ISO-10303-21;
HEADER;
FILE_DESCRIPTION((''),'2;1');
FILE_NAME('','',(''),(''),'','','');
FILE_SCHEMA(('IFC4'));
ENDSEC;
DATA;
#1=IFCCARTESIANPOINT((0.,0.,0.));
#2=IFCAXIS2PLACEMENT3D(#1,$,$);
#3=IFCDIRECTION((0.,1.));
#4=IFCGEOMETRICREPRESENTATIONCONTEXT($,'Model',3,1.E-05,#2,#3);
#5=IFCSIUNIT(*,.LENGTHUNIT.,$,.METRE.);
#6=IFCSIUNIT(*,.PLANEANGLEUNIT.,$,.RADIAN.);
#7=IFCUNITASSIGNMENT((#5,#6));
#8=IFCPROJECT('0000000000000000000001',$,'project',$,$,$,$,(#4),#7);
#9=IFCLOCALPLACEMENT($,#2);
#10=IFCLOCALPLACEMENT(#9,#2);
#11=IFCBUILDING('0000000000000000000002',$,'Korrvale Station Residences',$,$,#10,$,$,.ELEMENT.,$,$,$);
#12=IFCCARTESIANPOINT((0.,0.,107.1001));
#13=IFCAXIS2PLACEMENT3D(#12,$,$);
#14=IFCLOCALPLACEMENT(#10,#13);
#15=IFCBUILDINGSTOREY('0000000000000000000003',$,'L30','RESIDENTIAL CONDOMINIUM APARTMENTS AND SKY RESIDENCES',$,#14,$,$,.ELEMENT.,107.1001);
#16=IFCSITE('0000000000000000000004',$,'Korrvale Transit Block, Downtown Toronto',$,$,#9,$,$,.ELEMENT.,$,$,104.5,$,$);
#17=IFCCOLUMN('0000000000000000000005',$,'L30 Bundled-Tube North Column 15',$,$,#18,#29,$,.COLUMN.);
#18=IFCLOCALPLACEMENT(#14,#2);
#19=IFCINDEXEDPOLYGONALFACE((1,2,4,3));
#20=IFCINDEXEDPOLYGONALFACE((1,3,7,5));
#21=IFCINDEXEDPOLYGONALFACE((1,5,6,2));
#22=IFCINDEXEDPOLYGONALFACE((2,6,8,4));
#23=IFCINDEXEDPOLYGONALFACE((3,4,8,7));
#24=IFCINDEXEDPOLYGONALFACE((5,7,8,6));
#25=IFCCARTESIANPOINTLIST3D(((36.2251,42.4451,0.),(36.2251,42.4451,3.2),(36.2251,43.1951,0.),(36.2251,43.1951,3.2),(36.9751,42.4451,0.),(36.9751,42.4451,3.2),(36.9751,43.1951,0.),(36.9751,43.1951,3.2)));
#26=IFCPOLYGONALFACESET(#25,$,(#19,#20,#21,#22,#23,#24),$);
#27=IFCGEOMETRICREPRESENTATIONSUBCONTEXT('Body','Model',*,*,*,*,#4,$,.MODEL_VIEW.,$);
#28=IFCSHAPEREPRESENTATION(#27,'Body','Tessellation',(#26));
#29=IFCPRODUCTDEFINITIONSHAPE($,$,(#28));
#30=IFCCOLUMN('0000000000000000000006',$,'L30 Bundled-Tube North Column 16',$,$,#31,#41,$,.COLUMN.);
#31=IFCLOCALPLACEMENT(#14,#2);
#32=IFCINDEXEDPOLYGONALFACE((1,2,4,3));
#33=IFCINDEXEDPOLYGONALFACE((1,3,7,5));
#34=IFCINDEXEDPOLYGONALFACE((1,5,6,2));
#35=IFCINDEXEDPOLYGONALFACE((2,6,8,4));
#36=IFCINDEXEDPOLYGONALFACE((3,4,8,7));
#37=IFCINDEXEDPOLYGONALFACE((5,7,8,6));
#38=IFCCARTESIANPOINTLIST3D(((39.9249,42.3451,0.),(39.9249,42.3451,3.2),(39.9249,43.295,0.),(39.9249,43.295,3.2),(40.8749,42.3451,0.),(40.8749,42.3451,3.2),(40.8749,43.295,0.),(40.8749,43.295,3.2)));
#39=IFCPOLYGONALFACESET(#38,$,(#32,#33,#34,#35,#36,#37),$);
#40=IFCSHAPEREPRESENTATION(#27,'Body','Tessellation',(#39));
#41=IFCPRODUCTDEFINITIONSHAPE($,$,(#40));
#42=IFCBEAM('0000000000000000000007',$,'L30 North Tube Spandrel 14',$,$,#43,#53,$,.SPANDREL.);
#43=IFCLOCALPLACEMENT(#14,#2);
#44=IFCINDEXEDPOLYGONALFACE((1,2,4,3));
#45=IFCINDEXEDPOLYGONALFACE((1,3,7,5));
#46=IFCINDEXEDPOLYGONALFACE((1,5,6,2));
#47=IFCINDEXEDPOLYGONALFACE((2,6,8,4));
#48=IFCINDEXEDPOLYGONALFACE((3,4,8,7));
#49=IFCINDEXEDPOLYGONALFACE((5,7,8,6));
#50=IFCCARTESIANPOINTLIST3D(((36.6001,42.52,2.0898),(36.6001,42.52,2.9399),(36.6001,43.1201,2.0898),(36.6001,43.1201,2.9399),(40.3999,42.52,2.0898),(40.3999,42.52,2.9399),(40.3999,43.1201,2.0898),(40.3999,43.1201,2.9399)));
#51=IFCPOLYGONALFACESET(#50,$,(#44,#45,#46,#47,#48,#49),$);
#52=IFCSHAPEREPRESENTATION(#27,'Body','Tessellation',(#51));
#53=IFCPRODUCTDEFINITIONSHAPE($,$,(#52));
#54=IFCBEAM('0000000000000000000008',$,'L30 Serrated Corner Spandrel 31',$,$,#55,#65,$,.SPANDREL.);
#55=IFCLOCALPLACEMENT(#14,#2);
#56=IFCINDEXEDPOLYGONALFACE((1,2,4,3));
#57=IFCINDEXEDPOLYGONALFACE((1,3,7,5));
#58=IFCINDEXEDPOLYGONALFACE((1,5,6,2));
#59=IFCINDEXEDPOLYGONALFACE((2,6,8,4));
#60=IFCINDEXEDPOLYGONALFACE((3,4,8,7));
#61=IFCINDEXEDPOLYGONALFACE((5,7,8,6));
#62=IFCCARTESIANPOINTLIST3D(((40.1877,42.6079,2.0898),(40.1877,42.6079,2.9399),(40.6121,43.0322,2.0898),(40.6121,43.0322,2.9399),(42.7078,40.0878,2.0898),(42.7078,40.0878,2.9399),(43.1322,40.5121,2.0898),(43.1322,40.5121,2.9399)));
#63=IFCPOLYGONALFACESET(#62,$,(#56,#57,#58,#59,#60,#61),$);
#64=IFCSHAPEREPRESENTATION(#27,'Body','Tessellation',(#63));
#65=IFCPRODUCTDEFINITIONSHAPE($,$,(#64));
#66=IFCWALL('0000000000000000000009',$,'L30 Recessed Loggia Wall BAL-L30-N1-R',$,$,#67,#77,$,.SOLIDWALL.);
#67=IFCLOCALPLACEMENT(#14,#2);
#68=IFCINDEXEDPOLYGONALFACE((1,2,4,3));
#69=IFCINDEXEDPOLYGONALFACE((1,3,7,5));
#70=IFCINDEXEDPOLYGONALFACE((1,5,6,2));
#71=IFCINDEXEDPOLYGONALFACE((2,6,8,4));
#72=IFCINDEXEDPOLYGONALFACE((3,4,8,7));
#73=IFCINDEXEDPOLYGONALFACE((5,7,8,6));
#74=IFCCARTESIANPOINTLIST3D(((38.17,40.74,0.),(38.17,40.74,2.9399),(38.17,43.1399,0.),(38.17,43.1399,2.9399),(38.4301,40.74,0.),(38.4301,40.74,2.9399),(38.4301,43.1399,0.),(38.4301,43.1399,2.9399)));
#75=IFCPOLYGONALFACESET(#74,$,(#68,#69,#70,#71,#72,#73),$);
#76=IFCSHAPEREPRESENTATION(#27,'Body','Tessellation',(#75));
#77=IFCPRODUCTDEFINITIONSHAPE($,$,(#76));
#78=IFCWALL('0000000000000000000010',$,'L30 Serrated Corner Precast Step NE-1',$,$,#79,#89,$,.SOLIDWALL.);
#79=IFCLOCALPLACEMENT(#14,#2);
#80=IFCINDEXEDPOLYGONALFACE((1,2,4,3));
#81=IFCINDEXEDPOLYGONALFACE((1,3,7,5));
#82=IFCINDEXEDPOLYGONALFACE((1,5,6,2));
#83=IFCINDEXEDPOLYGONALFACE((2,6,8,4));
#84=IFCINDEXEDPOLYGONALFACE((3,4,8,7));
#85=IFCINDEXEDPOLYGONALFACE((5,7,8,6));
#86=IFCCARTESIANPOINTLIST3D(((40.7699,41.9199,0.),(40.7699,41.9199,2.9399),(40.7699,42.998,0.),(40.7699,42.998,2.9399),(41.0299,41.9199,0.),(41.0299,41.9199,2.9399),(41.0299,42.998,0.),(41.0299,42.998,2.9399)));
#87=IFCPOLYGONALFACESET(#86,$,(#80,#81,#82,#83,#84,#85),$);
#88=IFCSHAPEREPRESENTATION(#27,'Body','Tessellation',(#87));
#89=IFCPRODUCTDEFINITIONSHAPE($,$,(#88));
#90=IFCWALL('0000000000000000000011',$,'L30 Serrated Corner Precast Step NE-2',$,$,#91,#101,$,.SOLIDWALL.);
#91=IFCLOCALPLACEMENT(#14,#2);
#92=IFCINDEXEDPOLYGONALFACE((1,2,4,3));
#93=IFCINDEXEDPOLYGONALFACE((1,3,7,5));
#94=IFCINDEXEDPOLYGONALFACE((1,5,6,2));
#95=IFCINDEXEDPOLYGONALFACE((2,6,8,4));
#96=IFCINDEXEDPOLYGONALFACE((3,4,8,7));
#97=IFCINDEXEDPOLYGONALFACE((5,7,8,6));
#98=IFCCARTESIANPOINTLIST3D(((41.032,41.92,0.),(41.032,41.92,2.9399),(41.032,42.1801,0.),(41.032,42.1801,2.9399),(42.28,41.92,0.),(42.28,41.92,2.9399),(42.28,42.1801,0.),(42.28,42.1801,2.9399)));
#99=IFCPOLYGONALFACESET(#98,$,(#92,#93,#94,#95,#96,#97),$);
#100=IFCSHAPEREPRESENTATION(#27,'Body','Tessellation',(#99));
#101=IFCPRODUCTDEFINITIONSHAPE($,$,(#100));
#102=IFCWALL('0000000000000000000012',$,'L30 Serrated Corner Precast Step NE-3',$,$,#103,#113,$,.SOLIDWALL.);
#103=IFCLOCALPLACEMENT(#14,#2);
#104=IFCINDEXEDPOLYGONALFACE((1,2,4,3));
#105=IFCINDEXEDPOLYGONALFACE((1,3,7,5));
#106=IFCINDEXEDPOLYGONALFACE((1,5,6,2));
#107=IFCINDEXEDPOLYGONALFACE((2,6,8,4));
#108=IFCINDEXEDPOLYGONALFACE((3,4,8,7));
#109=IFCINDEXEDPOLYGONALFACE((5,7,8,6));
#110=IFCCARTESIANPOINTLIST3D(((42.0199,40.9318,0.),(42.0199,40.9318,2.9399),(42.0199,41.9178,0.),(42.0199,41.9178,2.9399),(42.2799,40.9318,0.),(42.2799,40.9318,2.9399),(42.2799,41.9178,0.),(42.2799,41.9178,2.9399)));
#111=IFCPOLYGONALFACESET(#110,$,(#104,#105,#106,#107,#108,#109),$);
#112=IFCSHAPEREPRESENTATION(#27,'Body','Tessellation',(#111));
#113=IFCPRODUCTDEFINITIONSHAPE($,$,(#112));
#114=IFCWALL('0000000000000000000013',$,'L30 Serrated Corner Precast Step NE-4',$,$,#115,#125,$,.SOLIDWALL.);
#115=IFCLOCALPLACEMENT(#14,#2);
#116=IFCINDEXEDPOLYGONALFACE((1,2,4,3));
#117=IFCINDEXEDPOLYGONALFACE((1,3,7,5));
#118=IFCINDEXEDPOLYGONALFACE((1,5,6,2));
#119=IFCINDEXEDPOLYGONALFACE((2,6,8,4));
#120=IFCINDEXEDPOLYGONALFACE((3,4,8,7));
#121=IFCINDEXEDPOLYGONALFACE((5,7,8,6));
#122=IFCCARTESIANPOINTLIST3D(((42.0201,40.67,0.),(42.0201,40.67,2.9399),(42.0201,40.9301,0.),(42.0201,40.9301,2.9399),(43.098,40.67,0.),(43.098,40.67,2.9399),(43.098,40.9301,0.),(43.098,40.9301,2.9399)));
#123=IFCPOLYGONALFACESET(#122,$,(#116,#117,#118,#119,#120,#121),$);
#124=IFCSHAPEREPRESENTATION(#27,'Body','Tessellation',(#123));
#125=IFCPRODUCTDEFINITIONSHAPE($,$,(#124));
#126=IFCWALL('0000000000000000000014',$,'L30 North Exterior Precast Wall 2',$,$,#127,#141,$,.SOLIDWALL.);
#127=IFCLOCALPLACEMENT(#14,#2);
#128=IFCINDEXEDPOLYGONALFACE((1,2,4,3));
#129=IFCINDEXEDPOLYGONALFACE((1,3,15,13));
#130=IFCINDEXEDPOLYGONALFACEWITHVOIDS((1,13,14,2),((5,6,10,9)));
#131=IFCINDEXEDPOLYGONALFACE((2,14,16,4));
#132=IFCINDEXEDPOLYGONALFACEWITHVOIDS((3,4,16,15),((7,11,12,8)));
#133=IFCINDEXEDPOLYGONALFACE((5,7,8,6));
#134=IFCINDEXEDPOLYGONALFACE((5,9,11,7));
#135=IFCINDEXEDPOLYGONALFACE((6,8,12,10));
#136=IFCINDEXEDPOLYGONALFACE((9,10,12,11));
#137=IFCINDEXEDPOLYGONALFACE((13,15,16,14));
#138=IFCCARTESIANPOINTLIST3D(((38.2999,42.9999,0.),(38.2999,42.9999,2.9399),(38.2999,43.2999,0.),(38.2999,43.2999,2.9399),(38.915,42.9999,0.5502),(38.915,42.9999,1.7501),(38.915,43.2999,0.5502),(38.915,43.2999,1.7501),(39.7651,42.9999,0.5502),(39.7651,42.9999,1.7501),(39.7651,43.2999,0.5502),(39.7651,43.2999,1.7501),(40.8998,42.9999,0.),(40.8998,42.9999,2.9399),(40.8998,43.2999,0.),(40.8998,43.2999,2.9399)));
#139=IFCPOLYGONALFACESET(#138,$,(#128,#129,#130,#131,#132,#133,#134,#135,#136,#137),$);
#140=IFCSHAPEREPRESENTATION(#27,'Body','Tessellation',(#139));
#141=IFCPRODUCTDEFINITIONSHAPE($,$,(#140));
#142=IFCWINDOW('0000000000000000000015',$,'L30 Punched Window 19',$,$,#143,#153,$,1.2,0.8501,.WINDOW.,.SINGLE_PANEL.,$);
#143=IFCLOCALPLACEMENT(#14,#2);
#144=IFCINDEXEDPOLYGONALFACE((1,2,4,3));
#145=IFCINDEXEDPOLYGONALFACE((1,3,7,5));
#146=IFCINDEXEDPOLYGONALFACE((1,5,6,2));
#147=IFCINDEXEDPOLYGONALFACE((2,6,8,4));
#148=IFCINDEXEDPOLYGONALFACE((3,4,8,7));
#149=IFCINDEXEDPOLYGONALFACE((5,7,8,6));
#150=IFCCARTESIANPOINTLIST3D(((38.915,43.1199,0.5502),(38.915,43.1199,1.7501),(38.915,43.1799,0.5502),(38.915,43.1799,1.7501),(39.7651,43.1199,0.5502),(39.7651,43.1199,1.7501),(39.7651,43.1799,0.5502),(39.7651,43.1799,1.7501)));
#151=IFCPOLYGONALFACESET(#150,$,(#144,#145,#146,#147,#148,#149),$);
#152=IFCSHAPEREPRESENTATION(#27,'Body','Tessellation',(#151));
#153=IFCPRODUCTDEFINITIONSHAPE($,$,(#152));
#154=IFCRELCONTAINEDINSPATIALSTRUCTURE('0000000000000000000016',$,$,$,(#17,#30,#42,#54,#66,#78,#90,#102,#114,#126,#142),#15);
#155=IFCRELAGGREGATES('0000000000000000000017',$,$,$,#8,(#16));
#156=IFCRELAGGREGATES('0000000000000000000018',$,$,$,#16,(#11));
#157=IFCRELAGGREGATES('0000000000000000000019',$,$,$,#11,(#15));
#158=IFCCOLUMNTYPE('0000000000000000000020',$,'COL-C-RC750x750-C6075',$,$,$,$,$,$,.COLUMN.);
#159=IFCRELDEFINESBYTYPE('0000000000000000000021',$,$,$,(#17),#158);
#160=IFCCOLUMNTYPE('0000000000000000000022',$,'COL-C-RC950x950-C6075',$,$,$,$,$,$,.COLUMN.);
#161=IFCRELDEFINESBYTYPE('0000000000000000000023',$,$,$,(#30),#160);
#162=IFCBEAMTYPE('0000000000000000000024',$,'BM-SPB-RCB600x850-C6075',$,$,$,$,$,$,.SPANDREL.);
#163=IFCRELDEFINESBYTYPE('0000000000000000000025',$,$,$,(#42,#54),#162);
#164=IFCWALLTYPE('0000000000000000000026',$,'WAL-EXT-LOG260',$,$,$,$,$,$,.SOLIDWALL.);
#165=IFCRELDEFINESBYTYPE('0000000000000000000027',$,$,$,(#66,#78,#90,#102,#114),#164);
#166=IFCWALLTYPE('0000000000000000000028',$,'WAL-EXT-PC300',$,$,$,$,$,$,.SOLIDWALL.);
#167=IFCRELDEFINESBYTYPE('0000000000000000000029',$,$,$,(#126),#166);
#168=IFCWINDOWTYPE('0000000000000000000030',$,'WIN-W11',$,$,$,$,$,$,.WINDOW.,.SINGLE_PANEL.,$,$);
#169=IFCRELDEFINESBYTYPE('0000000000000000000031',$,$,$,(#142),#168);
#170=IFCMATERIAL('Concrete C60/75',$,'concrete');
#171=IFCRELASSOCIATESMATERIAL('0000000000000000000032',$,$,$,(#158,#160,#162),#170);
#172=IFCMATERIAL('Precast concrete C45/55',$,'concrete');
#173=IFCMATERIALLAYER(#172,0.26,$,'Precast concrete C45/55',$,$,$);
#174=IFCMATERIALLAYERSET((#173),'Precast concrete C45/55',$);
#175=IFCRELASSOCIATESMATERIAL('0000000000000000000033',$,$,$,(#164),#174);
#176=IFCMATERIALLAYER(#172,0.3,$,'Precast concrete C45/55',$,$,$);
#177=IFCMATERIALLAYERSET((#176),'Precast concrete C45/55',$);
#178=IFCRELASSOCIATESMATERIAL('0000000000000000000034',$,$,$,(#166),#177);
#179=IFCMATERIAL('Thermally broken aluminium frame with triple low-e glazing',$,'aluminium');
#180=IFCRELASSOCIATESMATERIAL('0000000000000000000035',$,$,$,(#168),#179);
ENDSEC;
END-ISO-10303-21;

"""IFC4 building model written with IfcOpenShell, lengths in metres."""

from ifc_helpers import new_model, si_unit, direction, frame, frame_2d, origin, origin_2d, place, context, subcontext, project, spatial, rectangle, extrude, material, layer, layer_set, material_profile, profile_set, type_object, element, fill, save


model = new_model("IFC4")

# Units and contexts
model_context = context("Model", 3, precision=1e-05, world=origin(), true_north=direction((0.0, 1.0)))
body_context = subcontext(model_context, "Body", "Model", "MODEL_VIEW")
ifc_project = project(units=[si_unit("LENGTHUNIT", "METRE"), si_unit("PLANEANGLEUNIT", "RADIAN")], contexts=[model_context])

# Site, building, storey
site_placement = place(None, origin())
site = spatial("IfcSite", under=ifc_project, at=site_placement, Name="Korrvale Transit Block, Downtown Toronto", CompositionType="ELEMENT", RefElevation=104.5)
building_placement = place(site_placement, origin())
building = spatial("IfcBuilding", under=site, at=building_placement, Name="Korrvale Station Residences", CompositionType="ELEMENT")
storey_placement = place(building_placement, frame((0.0, 0.0, 107.1001)))
storey = spatial("IfcBuildingStorey", under=building, at=storey_placement, Name="L30", Description="RESIDENTIAL CONDOMINIUM APARTMENTS AND SKY RESIDENCES", CompositionType="ELEMENT", Elevation=107.1001)

# Columns
ifc_material_1 = material(Name="Concrete C60/75", Category="concrete")
ifc_material_profile_1 = material_profile(ifc_material_1, rectangle(XDim=0.75, YDim=0.75, at=origin_2d()), Name="RC750x750")
ifc_profile_set_1 = profile_set([ifc_material_profile_1], Name="Concrete C60/75")
column_type_1 = type_object("IfcColumnType", Name="COL-C-RC750x750-C6075", PredefinedType="COLUMN", material=ifc_profile_set_1)
column_1_placement = place(storey_placement, frame((36.6001, 42.8201, 0.0), z_axis=(0.0, 0.0, 1.0), x_axis=(1.0, 0.0, 0.0)))
element("IfcColumn", 1, at=column_1_placement, inside=storey, type_object=column_type_1, Name="L30 Bundled-Tube North Column 15", PredefinedType="COLUMN", context=body_context, shape_type="SweptSolid", body=[
    extrude(rectangle(XDim=0.75, YDim=0.75, at=origin_2d()), origin(), (0.0, 0.0, 1.0), 3.2),
])
ifc_material_profile_2 = material_profile(ifc_material_1, rectangle(XDim=0.95, YDim=0.95, at=origin_2d()), Name="RC950x950")
ifc_profile_set_2 = profile_set([ifc_material_profile_2], Name="Concrete C60/75")
column_type_2 = type_object("IfcColumnType", Name="COL-C-RC950x950-C6075", PredefinedType="COLUMN", material=ifc_profile_set_2)
column_2_placement = place(storey_placement, frame((40.3999, 42.8201, 0.0), z_axis=(0.0, 0.0, 1.0), x_axis=(1.0, 0.0, 0.0)))
element("IfcColumn", 2, at=column_2_placement, inside=storey, type_object=column_type_2, Name="L30 Bundled-Tube North Column 16", PredefinedType="COLUMN", context=body_context, shape_type="SweptSolid", body=[
    extrude(rectangle(XDim=0.95, YDim=0.95, at=origin_2d()), origin(), (0.0, 0.0, 1.0), 3.2),
])

# Beams
ifc_material_profile_3 = material_profile(ifc_material_1, rectangle(XDim=0.6001, YDim=0.8501, at=origin_2d()), Name="RCB600x850")
ifc_profile_set_3 = profile_set([ifc_material_profile_3], Name="Concrete C60/75")
beam_type = type_object("IfcBeamType", Name="BM-SPB-RCB600x850-C6075", PredefinedType="SPANDREL", material=ifc_profile_set_3)
beam_1_placement = place(storey_placement, frame((36.6001, 42.8201, 2.5149), z_axis=(1.0, 0.0, 0.0), x_axis=(0.0, 1.0, 0.0)))
element("IfcBeam", 3, at=beam_1_placement, inside=storey, type_object=beam_type, Name="L30 North Tube Spandrel 14", PredefinedType="SPANDREL", context=body_context, shape_type="SweptSolid", body=[
    extrude(rectangle(XDim=0.6001, YDim=0.8501, at=origin_2d()), origin(), (0.0, 0.0, 1.0), 3.7998),
])
beam_2_placement = place(storey_placement, frame((40.3999, 42.8201, 2.5149), z_axis=(0.707107, -0.707107, 0.0), x_axis=(0.707107, 0.707107, 0.0)))
element("IfcBeam", 4, at=beam_2_placement, inside=storey, type_object=beam_type, Name="L30 Serrated Corner Spandrel 31", PredefinedType="SPANDREL", context=body_context, shape_type="SweptSolid", body=[
    extrude(rectangle(XDim=0.6001, YDim=0.8501, at=origin_2d()), origin(), (0.0, 0.0, 1.0), 3.564),
])

# Walls
ifc_material_2 = material(Name="Precast concrete C45/55", Category="concrete")
ifc_layer_1 = layer(ifc_material_2, 0.26, Name="Precast concrete C45/55")
ifc_layer_set_1 = layer_set([ifc_layer_1], Name="Precast concrete C45/55")
wall_type_1 = type_object("IfcWallType", Name="WAL-EXT-LOG260", PredefinedType="SOLIDWALL", material=ifc_layer_set_1)
wall_1_placement = place(storey_placement, frame((38.3, 40.74, 0.0), z_axis=(0.0, 0.0, 1.0), x_axis=(0.0, 1.0, 0.0)))
element("IfcWall", 5, at=wall_1_placement, inside=storey, type_object=wall_type_1, Name="L30 Recessed Loggia Wall BAL-L30-N1-R", PredefinedType="SOLIDWALL", context=body_context, shape_type="SweptSolid", body=[
    extrude(rectangle(XDim=2.3999, YDim=0.26, at=frame_2d((1.2, 0.0))), origin(), (0.0, 0.0, 1.0), 2.9399),
])
wall_2_placement = place(storey_placement, frame((40.8999, 42.998, 0.0), z_axis=(0.0, 0.0, 1.0), x_axis=(0.0, -1.0, 0.0)))
element("IfcWall", 6, at=wall_2_placement, inside=storey, type_object=wall_type_1, Name="L30 Serrated Corner Precast Step NE-1", PredefinedType="SOLIDWALL", context=body_context, shape_type="SweptSolid", body=[
    extrude(rectangle(XDim=1.0781, YDim=0.26, at=frame_2d((0.5391, 0.0))), origin(), (0.0, 0.0, 1.0), 2.9399),
])
wall_3_placement = place(storey_placement, frame((41.032, 42.05, 0.0), z_axis=(0.0, 0.0, 1.0), x_axis=(1.0, 0.0, 0.0)))
element("IfcWall", 7, at=wall_3_placement, inside=storey, type_object=wall_type_1, Name="L30 Serrated Corner Precast Step NE-2", PredefinedType="SOLIDWALL", context=body_context, shape_type="SweptSolid", body=[
    extrude(rectangle(XDim=1.248, YDim=0.26, at=frame_2d((0.624, 0.0))), origin(), (0.0, 0.0, 1.0), 2.9399),
])
wall_4_placement = place(storey_placement, frame((42.1499, 41.918, 0.0), z_axis=(0.0, 0.0, 1.0), x_axis=(0.0, -1.0, 0.0)))
element("IfcWall", 8, at=wall_4_placement, inside=storey, type_object=wall_type_1, Name="L30 Serrated Corner Precast Step NE-3", PredefinedType="SOLIDWALL", context=body_context, shape_type="SweptSolid", body=[
    extrude(rectangle(XDim=0.9861, YDim=0.26, at=frame_2d((0.4932, 0.0))), origin(), (0.0, 0.0, 1.0), 2.9399),
])
wall_5_placement = place(storey_placement, frame((42.02, 40.8, 0.0), z_axis=(0.0, 0.0, 1.0), x_axis=(1.0, 0.0, 0.0)))
element("IfcWall", 9, at=wall_5_placement, inside=storey, type_object=wall_type_1, Name="L30 Serrated Corner Precast Step NE-4", PredefinedType="SOLIDWALL", context=body_context, shape_type="SweptSolid", body=[
    extrude(rectangle(XDim=1.0779, YDim=0.26, at=frame_2d((0.5391, 0.0))), origin(), (0.0, 0.0, 1.0), 2.9399),
])

# Wall, opening, window
ifc_layer_2 = layer(ifc_material_2, 0.3, Name="Precast concrete C45/55")
ifc_layer_set_2 = layer_set([ifc_layer_2], Name="Precast concrete C45/55")
wall_type_2 = type_object("IfcWallType", Name="WAL-EXT-PC300", PredefinedType="SOLIDWALL", material=ifc_layer_set_2)
wall_6_placement = place(storey_placement, frame((38.3, 43.1499, 0.0), z_axis=(0.0, 0.0, 1.0), x_axis=(1.0, 0.0, 0.0)))
wall_6 = element("IfcWall", 10, at=wall_6_placement, inside=storey, type_object=wall_type_2, Name="L30 North Exterior Precast Wall 2", PredefinedType="SOLIDWALL", context=body_context, shape_type="SweptSolid", body=[
    extrude(rectangle(XDim=2.5999, YDim=0.3, at=frame_2d((1.2998, 0.0))), origin(), (0.0, 0.0, 1.0), 2.9399),
])
opening_1_placement = place(wall_6_placement, frame((0.615, 0.0, 0.55)))
opening_1 = element("IfcOpeningElement", 11, at=opening_1_placement, cuts=wall_6, PredefinedType="OPENING", context=body_context, shape_type="SweptSolid", body=[
    extrude(rectangle(XDim=0.8501, YDim=1.2, at=frame_2d((0.425, 0.6001))), frame((0.0, 0.1602, 0.0), z_axis=(0.0, -1.0, 0.0), x_axis=(1.0, 0.0, 0.0)), (0.0, 0.0, 1.0), 0.3201),
])
ifc_material_3 = material(Name="Thermally broken aluminium frame with triple low-e glazing", Category="aluminium")
window_type_1 = type_object("IfcWindowType", Name="WIN-W11", PartitioningType="SINGLE_PANEL", PredefinedType="WINDOW", material=ifc_material_3)
window_1_placement = place(opening_1_placement, origin())
window_1 = element("IfcWindow", 12, at=window_1_placement, inside=storey, type_object=window_type_1, Name="L30 Punched Window 19", OverallHeight=1.2, OverallWidth=0.8501, PartitioningType="SINGLE_PANEL", PredefinedType="WINDOW", context=body_context, shape_type="SweptSolid", body=[
    extrude(rectangle(XDim=0.8501, YDim=1.2, at=frame_2d((0.425, 0.6001))), frame((0.0, 0.03, 0.0), z_axis=(0.0, -1.0, 0.0), x_axis=(1.0, 0.0, 0.0)), (0.0, 0.0, 1.0), 0.0601),
])
fill(opening_1, window_1)

save(model, "model.ifc")
